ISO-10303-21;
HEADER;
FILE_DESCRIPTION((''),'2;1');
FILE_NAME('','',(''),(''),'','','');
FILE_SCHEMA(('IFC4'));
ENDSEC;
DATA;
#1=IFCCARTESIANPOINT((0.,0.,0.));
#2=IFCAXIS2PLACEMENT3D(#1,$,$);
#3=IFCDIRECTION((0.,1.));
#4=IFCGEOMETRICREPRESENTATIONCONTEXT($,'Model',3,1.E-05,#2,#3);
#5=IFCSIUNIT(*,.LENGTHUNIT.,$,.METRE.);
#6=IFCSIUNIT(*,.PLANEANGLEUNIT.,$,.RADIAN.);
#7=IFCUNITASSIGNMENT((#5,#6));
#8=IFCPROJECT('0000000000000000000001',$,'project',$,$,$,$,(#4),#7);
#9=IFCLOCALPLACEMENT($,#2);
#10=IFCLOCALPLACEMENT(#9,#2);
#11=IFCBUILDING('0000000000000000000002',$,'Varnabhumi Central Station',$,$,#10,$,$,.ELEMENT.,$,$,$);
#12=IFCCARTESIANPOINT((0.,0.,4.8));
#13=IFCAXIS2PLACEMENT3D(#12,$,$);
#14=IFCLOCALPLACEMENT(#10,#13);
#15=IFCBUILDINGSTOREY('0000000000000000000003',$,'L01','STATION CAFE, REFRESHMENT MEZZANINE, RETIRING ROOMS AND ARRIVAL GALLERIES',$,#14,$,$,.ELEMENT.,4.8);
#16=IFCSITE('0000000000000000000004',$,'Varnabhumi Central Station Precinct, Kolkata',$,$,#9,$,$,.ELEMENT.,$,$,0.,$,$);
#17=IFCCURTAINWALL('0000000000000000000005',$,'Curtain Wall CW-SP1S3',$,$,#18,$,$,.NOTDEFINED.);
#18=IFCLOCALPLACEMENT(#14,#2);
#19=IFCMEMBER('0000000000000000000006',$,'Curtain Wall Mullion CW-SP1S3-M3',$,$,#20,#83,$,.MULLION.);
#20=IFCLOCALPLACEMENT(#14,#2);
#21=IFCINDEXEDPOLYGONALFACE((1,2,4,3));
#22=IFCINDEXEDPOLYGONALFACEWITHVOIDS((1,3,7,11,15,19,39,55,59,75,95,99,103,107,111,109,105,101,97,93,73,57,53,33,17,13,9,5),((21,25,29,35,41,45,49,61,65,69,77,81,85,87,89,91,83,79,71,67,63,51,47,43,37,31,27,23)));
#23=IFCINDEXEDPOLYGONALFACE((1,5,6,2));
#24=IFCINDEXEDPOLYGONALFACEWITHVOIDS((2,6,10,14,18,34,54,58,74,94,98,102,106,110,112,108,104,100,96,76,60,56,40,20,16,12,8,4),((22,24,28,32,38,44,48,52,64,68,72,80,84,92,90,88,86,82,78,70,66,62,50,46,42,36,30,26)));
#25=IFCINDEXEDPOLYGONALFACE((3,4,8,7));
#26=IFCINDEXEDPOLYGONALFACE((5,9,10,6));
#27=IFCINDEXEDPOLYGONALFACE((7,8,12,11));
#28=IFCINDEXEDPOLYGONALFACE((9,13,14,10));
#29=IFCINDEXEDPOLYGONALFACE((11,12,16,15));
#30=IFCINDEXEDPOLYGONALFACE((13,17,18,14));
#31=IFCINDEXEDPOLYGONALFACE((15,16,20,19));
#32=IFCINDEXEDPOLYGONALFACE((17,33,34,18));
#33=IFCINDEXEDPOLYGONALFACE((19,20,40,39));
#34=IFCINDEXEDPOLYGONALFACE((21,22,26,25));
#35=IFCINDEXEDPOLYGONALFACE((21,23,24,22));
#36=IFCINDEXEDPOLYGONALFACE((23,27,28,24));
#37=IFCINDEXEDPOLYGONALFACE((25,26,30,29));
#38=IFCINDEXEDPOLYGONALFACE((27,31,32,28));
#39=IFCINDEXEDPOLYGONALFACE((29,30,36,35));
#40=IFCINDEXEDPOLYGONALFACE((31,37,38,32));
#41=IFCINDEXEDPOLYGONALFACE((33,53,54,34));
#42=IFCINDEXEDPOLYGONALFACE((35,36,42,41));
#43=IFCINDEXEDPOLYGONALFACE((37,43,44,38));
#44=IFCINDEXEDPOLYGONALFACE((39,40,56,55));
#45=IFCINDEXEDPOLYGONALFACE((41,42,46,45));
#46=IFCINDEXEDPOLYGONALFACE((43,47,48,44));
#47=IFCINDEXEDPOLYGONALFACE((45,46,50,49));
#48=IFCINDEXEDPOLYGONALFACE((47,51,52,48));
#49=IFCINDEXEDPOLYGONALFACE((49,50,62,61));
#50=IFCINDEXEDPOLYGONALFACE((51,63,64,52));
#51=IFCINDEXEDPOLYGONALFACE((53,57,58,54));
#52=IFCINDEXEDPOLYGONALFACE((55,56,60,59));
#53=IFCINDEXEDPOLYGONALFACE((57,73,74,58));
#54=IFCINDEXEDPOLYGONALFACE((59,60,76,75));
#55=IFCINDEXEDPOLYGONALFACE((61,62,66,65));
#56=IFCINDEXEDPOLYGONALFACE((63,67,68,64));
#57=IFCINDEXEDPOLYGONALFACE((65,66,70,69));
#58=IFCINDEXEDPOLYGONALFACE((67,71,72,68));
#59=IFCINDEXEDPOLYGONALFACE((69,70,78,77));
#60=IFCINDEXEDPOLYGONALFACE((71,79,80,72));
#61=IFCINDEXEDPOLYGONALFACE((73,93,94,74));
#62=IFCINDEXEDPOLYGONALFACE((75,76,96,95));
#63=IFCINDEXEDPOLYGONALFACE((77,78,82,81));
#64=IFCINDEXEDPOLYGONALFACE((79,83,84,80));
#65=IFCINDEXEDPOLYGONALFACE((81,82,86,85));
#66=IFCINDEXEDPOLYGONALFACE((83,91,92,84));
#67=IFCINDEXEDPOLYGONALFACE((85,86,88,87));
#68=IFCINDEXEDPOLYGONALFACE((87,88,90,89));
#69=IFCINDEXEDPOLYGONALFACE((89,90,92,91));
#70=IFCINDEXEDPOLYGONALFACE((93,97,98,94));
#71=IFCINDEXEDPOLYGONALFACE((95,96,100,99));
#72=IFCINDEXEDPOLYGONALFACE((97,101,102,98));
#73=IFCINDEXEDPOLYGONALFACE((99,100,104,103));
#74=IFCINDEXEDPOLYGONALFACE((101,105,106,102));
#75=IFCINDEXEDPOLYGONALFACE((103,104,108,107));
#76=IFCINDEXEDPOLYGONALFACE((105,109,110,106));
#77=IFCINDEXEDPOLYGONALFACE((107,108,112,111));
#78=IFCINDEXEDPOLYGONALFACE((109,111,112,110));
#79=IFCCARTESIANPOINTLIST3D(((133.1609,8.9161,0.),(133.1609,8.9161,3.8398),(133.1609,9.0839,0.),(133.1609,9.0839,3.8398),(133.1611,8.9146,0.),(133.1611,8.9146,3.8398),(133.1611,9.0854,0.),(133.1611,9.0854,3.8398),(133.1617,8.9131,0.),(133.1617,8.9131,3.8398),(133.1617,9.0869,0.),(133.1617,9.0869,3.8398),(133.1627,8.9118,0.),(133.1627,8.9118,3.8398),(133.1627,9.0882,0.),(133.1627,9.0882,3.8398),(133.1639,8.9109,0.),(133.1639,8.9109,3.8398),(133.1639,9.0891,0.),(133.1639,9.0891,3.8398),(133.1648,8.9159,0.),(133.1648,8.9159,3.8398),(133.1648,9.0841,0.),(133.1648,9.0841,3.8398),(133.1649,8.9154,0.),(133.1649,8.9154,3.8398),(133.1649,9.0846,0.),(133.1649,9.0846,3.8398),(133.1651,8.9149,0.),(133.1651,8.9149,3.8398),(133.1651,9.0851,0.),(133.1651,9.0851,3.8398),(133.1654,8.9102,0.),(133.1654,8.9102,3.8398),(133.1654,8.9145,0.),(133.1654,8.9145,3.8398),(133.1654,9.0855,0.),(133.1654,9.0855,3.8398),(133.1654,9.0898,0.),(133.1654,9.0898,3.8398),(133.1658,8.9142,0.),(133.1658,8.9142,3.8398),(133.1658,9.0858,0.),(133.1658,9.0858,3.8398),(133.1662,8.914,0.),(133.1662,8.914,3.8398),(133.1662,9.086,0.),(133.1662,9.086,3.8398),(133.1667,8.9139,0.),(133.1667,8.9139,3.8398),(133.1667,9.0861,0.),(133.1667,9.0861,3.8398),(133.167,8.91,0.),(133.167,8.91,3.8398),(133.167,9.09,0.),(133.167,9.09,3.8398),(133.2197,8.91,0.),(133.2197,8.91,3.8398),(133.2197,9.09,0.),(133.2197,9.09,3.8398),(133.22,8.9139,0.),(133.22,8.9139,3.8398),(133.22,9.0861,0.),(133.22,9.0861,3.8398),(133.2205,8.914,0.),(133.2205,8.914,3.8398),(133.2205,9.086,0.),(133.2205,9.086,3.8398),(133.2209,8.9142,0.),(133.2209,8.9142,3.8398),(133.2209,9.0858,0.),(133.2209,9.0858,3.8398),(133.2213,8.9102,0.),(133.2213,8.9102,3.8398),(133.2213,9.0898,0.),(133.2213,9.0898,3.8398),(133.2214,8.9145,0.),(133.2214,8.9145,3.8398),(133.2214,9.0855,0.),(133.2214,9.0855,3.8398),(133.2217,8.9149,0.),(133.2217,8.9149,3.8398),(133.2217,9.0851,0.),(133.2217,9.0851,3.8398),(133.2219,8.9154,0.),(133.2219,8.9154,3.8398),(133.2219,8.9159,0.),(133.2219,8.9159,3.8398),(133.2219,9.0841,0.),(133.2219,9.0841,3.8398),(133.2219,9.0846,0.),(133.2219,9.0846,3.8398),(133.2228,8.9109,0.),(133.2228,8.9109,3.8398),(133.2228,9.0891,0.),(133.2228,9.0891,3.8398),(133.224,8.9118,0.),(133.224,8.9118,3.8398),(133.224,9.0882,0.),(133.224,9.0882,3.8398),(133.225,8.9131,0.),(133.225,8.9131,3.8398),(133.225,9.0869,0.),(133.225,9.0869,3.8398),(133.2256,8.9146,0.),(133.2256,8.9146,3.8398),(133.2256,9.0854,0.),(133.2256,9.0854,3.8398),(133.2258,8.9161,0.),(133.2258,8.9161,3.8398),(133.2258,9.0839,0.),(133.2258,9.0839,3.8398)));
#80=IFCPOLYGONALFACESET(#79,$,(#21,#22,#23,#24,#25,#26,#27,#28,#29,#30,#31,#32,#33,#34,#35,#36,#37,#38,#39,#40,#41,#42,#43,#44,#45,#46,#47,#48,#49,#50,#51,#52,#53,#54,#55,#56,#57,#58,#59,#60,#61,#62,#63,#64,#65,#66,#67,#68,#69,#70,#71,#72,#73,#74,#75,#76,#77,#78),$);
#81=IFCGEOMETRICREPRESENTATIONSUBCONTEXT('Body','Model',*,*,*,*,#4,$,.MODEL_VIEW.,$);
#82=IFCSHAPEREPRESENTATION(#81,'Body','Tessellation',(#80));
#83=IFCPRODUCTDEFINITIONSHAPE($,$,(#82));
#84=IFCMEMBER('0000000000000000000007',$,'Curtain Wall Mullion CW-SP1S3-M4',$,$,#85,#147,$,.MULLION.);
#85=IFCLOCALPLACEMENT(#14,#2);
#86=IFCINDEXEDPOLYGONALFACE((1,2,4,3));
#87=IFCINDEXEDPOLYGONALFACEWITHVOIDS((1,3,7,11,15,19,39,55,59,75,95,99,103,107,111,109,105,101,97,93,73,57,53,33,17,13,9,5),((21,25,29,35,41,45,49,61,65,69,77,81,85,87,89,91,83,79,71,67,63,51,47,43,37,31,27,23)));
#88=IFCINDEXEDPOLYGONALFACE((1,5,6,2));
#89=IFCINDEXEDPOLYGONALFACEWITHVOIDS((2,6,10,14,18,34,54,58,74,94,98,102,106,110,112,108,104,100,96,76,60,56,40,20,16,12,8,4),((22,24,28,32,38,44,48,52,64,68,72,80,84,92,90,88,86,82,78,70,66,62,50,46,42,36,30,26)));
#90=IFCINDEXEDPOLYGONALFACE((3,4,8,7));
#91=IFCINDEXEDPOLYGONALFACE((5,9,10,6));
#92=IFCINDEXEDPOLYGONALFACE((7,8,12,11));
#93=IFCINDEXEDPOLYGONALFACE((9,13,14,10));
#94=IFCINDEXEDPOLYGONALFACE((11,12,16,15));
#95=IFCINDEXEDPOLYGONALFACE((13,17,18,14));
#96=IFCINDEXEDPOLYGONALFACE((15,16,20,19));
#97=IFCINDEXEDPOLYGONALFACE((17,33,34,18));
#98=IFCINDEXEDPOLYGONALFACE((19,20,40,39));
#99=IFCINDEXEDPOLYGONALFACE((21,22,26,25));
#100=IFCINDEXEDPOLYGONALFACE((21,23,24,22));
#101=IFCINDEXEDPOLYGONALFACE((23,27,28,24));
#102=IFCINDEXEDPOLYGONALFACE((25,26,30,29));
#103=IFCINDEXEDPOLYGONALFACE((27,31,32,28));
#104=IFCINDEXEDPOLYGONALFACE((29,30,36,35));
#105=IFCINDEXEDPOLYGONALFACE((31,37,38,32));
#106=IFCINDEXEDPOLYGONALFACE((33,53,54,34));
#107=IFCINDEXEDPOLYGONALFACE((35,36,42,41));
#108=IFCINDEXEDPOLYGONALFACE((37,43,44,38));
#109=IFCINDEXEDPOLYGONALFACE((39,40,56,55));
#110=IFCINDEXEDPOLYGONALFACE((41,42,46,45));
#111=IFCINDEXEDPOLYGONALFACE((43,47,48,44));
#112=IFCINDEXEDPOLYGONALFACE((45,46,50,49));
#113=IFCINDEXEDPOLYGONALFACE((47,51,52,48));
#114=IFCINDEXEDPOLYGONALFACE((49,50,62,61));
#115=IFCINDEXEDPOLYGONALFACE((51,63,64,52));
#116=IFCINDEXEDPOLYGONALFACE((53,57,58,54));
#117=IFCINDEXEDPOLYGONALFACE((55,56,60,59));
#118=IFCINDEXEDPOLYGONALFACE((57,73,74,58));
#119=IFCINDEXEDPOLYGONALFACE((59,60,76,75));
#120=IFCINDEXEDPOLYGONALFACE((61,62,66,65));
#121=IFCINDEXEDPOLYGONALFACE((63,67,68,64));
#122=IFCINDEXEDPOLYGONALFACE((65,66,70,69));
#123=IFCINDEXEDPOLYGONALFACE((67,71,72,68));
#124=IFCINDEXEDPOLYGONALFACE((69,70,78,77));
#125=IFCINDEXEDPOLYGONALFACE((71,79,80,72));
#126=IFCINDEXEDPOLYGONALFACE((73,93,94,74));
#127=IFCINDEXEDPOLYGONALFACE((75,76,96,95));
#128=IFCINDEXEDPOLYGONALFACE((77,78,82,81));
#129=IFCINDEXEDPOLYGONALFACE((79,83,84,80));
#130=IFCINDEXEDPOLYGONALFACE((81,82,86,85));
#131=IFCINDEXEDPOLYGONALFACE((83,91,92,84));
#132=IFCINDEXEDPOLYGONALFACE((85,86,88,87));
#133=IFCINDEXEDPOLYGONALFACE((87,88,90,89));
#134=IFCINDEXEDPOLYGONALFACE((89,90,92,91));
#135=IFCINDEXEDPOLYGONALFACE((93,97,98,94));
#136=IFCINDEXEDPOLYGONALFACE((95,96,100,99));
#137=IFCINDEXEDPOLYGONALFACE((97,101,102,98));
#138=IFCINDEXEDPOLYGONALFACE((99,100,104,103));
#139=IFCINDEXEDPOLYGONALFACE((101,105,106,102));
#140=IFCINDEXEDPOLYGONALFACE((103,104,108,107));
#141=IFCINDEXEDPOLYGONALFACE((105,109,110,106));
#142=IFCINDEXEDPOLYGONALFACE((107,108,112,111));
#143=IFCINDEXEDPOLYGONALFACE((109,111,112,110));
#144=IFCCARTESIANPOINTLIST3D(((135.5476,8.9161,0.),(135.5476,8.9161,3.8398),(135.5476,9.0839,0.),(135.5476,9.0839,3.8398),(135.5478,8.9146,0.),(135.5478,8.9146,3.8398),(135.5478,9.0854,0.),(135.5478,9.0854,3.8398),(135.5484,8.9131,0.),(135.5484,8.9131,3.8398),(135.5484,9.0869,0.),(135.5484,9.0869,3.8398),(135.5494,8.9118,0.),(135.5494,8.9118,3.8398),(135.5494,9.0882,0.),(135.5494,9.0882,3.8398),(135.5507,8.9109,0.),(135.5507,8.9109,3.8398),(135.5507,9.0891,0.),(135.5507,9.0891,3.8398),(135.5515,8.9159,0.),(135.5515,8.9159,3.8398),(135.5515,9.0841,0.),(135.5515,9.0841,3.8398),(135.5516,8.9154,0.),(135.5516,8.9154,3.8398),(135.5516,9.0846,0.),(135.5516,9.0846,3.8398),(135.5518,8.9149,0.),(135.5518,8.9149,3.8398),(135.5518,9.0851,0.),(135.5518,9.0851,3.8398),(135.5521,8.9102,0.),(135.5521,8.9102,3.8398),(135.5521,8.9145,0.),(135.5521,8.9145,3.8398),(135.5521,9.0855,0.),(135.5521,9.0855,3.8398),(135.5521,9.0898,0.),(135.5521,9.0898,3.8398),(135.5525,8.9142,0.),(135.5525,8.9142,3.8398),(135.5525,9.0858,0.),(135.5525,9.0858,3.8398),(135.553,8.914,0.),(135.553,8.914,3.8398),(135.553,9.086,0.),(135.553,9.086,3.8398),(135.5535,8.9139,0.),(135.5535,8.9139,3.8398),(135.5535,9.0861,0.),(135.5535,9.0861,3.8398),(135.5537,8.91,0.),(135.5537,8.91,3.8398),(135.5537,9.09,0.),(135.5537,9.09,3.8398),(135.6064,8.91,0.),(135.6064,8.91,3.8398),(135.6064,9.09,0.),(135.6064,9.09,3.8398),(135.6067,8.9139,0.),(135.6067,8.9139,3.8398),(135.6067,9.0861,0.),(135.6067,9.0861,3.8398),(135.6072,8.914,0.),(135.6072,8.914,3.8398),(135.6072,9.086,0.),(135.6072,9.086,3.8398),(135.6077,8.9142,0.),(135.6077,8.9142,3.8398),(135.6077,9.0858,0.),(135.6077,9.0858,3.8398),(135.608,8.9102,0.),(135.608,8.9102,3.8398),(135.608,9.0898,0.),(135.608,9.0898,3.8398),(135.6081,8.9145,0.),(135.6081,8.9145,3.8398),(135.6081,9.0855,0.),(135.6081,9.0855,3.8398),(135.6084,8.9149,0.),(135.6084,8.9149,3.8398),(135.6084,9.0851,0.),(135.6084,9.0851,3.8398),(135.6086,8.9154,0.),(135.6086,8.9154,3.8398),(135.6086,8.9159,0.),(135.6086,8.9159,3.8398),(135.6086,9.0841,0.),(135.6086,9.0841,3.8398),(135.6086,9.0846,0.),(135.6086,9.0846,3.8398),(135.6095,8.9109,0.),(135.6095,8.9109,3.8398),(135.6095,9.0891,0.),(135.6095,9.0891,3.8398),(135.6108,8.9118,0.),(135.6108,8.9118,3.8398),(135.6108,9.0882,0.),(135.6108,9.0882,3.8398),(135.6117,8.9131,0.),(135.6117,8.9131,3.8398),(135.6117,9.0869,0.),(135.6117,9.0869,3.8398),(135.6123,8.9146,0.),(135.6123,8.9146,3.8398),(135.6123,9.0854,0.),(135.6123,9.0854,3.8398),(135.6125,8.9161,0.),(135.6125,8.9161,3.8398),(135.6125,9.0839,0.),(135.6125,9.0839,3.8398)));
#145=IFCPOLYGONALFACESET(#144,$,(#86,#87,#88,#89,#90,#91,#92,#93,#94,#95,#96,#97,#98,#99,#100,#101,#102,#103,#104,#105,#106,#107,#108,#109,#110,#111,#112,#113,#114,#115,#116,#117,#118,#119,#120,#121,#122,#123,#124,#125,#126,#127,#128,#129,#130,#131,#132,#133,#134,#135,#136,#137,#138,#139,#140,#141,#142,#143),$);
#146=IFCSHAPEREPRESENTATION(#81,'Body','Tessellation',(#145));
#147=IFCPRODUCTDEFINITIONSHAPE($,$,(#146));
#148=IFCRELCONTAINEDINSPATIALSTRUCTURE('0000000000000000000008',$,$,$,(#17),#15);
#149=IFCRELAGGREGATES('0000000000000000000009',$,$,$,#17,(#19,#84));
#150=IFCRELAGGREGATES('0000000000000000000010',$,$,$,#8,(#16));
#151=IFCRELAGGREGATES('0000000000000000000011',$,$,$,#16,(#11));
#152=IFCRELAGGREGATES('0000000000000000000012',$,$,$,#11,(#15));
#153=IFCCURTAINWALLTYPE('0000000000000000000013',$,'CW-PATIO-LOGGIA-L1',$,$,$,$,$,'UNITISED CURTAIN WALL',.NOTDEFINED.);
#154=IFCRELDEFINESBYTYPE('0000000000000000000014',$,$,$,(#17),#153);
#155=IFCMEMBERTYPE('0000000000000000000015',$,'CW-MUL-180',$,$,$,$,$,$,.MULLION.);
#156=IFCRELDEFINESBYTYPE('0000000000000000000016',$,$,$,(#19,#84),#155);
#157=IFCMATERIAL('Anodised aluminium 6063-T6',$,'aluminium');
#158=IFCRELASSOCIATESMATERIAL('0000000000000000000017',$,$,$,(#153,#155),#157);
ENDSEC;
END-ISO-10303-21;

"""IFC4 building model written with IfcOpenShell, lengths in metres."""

from ifc_helpers import new_model, si_unit, direction, frame, origin, origin_2d, place, context, subcontext, project, spatial, hollow_rectangle, extrude, material, material_profile, profile_set, type_object, element, aggregate, save


model = new_model("IFC4")

# Units and contexts
model_context = context("Model", 3, precision=1e-05, world=origin(), true_north=direction((0.0, 1.0)))
body_context = subcontext(model_context, "Body", "Model", "MODEL_VIEW")
ifc_project = project(units=[si_unit("LENGTHUNIT", "METRE"), si_unit("PLANEANGLEUNIT", "RADIAN")], contexts=[model_context])

# Site, building, storey
site_placement = place(None, origin())
site = spatial("IfcSite", under=ifc_project, at=site_placement, Name="Varnabhumi Central Station Precinct, Kolkata", CompositionType="ELEMENT", RefElevation=0.0)
building_placement = place(site_placement, origin())
building = spatial("IfcBuilding", under=site, at=building_placement, Name="Varnabhumi Central Station", CompositionType="ELEMENT")
storey_placement = place(building_placement, frame((0.0, 0.0, 4.8)))
storey = spatial("IfcBuildingStorey", under=building, at=storey_placement, Name="L01", Description="STATION CAFE, REFRESHMENT MEZZANINE, RETIRING ROOMS AND ARRIVAL GALLERIES", CompositionType="ELEMENT", Elevation=4.8)

# Curtain wall, members
ifc_material_1 = material(Name="Anodised aluminium 6063-T6", Category="aluminium")
curtain_wall_type = type_object("IfcCurtainWallType", Name="CW-PATIO-LOGGIA-L1", ElementType="UNITISED CURTAIN WALL", PredefinedType="NOTDEFINED", material=ifc_material_1)
curtain_wall_1_placement = place(storey_placement, origin())
curtain_wall_1 = element("IfcCurtainWall", 1, at=curtain_wall_1_placement, inside=storey, type_object=curtain_wall_type, Name="Curtain Wall CW-SP1S3", PredefinedType="NOTDEFINED")
ifc_material_profile_1 = material_profile(ifc_material_1, hollow_rectangle(XDim=0.0649, YDim=0.1799, WallThickness=0.0039, InnerFilletRadius=0.002, OuterFilletRadius=0.0061, at=origin_2d()), Name="Anodised aluminium 6063-T6", Category="aluminium")
ifc_profile_set_1 = profile_set([ifc_material_profile_1], Name="Anodised aluminium 6063-T6")
member_type_1 = type_object("IfcMemberType", Name="CW-MUL-180", PredefinedType="MULLION", material=ifc_profile_set_1)
member_1_placement = place(storey_placement, frame((133.1934, 9.0, 0.0), z_axis=(0.0, 0.0, 1.0), x_axis=(1.0, 0.0, 0.0)))
member_1 = element("IfcMember", 2, at=member_1_placement, type_object=member_type_1, Name="Curtain Wall Mullion CW-SP1S3-M3", PredefinedType="MULLION", context=body_context, shape_type="SweptSolid", body=[
    extrude(hollow_rectangle(XDim=0.0649, YDim=0.1799, WallThickness=0.0039, InnerFilletRadius=0.002, OuterFilletRadius=0.0061, at=origin_2d()), origin(), (0.0, 0.0, 1.0), 3.8398),
])
member_2_placement = place(storey_placement, frame((135.5801, 9.0, 0.0), z_axis=(0.0, 0.0, 1.0), x_axis=(1.0, 0.0, 0.0)))
member_2 = element("IfcMember", 3, at=member_2_placement, type_object=member_type_1, Name="Curtain Wall Mullion CW-SP1S3-M4", PredefinedType="MULLION", context=body_context, shape_type="SweptSolid", body=[
    extrude(hollow_rectangle(XDim=0.0649, YDim=0.1799, WallThickness=0.0039, InnerFilletRadius=0.002, OuterFilletRadius=0.0061, at=origin_2d()), origin(), (0.0, 0.0, 1.0), 3.8398),
])

aggregate(curtain_wall_1, [member_1, member_2])

save(model, "model.ifc")
